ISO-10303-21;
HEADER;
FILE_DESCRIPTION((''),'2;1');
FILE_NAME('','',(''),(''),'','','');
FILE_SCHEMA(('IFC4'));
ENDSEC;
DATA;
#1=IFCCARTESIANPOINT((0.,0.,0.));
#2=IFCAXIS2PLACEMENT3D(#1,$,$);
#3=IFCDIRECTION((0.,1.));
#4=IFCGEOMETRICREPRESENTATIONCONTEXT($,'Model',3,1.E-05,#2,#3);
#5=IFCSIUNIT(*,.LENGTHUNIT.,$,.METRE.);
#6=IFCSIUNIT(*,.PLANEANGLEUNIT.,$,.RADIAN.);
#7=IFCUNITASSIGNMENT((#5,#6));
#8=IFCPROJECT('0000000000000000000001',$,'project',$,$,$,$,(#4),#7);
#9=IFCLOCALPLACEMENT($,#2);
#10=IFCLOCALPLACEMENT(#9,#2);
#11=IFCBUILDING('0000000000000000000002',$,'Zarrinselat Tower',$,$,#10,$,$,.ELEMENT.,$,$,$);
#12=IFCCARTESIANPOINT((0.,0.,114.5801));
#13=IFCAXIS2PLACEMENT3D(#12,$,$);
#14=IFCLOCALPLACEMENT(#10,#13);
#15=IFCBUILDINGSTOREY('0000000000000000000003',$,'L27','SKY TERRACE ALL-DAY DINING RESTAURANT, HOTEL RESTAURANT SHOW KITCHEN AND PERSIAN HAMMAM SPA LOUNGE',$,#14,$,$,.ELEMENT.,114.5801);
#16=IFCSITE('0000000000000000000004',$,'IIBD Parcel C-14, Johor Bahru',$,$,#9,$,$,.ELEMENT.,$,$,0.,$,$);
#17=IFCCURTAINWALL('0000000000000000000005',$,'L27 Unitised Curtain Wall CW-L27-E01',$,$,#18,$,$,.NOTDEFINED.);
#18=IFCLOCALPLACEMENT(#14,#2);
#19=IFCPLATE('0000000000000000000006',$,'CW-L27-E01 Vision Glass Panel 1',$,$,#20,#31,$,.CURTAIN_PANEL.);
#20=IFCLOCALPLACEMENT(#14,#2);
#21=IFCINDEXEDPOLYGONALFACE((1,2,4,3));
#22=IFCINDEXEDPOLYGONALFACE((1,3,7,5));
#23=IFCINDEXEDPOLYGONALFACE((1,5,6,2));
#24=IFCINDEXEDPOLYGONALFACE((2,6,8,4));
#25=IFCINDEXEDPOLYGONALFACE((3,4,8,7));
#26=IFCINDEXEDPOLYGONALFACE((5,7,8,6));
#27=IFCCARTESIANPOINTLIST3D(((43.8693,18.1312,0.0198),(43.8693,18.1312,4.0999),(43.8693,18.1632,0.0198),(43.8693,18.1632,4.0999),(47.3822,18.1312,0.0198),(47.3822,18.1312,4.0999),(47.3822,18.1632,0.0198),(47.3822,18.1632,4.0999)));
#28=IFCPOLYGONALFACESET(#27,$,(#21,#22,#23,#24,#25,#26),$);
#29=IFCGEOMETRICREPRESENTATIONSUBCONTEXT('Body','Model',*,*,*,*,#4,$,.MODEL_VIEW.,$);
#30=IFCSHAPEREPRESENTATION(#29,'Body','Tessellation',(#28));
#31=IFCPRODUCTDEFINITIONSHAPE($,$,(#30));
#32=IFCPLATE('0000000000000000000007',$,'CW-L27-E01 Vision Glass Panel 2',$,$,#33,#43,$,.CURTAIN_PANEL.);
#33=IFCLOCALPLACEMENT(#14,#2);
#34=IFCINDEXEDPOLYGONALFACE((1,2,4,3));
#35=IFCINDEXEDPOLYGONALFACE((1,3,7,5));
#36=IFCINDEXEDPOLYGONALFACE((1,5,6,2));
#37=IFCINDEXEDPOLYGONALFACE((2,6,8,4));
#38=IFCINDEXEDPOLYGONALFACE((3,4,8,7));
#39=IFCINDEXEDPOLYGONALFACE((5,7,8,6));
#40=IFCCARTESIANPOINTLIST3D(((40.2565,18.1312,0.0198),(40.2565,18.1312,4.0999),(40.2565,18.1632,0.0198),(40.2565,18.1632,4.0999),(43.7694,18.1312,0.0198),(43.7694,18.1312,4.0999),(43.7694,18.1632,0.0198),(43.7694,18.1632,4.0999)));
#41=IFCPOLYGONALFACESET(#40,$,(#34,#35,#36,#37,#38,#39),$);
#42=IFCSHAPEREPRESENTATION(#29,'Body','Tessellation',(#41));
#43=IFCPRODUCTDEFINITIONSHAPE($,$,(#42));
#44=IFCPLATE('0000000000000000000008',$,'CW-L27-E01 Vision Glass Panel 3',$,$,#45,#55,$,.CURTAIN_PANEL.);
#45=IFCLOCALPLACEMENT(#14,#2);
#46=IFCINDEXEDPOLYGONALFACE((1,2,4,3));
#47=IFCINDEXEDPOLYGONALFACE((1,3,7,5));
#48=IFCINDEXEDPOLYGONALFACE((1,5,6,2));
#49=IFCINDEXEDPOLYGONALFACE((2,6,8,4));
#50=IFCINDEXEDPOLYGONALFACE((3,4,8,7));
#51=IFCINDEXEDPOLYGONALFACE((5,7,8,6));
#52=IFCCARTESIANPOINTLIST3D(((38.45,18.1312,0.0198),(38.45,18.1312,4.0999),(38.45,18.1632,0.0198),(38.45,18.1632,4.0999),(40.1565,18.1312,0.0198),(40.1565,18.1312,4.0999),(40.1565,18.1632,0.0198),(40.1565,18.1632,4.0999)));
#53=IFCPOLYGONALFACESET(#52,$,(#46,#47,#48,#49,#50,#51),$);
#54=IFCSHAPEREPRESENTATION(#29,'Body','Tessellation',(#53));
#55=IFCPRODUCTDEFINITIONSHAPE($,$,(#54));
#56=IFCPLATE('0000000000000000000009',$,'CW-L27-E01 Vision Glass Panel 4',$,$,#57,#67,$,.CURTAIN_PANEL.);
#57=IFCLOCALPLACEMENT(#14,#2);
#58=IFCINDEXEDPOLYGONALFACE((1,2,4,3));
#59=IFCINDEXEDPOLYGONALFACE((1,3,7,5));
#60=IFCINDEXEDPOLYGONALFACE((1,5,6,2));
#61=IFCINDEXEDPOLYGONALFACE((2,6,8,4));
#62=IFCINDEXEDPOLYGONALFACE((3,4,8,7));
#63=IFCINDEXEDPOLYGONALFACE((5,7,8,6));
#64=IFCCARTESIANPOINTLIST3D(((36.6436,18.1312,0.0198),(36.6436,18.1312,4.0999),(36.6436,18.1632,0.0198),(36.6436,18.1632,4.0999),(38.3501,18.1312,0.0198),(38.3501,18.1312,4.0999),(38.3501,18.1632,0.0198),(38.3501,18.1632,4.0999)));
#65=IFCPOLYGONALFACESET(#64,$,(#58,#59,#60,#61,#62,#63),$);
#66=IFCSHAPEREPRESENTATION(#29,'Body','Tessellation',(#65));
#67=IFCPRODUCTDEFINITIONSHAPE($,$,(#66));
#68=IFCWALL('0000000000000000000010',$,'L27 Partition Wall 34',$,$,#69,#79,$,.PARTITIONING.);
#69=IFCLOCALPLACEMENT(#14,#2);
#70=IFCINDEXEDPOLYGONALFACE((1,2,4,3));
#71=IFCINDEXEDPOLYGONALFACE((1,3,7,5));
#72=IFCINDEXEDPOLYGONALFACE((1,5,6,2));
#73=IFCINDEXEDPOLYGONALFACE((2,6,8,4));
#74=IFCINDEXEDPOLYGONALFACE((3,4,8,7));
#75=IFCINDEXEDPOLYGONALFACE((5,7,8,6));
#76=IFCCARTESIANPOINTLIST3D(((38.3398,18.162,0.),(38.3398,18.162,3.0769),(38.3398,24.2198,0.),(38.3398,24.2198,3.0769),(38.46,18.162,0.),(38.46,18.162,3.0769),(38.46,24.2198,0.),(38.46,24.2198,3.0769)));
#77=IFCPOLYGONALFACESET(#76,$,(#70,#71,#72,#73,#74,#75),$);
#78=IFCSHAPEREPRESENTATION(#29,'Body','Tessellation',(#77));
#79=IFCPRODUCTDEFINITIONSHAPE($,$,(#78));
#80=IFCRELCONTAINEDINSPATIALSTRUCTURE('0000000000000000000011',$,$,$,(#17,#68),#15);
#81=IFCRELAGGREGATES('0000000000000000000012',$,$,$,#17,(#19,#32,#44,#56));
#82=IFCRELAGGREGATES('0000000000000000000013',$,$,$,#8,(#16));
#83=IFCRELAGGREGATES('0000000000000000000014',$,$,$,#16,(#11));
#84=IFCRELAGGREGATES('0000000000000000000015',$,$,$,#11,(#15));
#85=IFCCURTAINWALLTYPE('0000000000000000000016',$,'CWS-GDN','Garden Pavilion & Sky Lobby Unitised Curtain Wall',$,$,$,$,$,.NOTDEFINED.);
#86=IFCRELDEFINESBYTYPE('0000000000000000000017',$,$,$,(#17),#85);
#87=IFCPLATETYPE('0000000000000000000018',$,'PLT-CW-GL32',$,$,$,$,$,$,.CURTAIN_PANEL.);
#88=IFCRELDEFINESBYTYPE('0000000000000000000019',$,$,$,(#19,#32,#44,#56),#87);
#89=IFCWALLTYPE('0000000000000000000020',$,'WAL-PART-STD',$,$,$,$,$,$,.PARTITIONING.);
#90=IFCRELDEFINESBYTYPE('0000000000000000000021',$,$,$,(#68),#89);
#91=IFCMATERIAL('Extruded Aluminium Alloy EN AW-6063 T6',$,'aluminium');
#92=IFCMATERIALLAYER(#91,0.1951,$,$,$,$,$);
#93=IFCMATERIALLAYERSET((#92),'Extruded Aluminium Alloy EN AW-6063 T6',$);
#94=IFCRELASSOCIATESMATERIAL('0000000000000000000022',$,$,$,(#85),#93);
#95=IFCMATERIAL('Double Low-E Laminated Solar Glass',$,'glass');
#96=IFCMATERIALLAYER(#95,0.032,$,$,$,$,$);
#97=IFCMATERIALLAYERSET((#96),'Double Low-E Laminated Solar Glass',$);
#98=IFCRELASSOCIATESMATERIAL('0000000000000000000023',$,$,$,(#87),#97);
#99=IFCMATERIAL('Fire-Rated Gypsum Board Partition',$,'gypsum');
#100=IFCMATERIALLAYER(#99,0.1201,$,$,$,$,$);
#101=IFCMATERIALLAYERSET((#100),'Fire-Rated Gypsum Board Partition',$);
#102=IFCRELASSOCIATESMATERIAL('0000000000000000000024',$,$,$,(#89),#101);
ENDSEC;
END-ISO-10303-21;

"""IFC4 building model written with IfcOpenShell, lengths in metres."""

from ifc_helpers import new_model, si_unit, direction, frame, frame_2d, origin, origin_2d, place, context, subcontext, project, spatial, rectangle, extrude, material, layer, layer_set, type_object, element, aggregate, save


model = new_model("IFC4")

# Units and contexts
model_context = context("Model", 3, precision=1e-05, world=origin(), true_north=direction((0.0, 1.0)))
body_context = subcontext(model_context, "Body", "Model", "MODEL_VIEW")
ifc_project = project(units=[si_unit("LENGTHUNIT", "METRE"), si_unit("PLANEANGLEUNIT", "RADIAN")], contexts=[model_context])

# Site, building, storey
site_placement = place(None, origin())
site = spatial("IfcSite", under=ifc_project, at=site_placement, Name="IIBD Parcel C-14, Johor Bahru", CompositionType="ELEMENT", RefElevation=0.0)
building_placement = place(site_placement, origin())
building = spatial("IfcBuilding", under=site, at=building_placement, Name="Zarrinselat Tower", CompositionType="ELEMENT")
storey_placement = place(building_placement, frame((0.0, 0.0, 114.5801)))
storey = spatial("IfcBuildingStorey", under=building, at=storey_placement, Name="L27", Description="SKY TERRACE ALL-DAY DINING RESTAURANT, HOTEL RESTAURANT SHOW KITCHEN AND PERSIAN HAMMAM SPA LOUNGE", CompositionType="ELEMENT", Elevation=114.5801)

# Curtain wall, plates
ifc_material_1 = material(Name="Extruded Aluminium Alloy EN AW-6063 T6", Category="aluminium")
ifc_layer_1 = layer(ifc_material_1, 0.1951)
ifc_layer_set_1 = layer_set([ifc_layer_1], Name="Extruded Aluminium Alloy EN AW-6063 T6")
curtain_wall_type = type_object("IfcCurtainWallType", Name="CWS-GDN", Description="Garden Pavilion & Sky Lobby Unitised Curtain Wall", PredefinedType="NOTDEFINED", material=ifc_layer_set_1)
curtain_wall_placement = place(storey_placement, origin())
curtain_wall = element("IfcCurtainWall", 1, at=curtain_wall_placement, inside=storey, type_object=curtain_wall_type, Name="L27 Unitised Curtain Wall CW-L27-E01", PredefinedType="NOTDEFINED")
ifc_material_2 = material(Name="Double Low-E Laminated Solar Glass", Category="glass")
ifc_layer_2 = layer(ifc_material_2, 0.032)
ifc_layer_set_2 = layer_set([ifc_layer_2], Name="Double Low-E Laminated Solar Glass")
plate_type = type_object("IfcPlateType", Name="PLT-CW-GL32", PredefinedType="CURTAIN_PANEL", material=ifc_layer_set_2)
plate_1_placement = place(storey_placement, frame((45.6257, 18.1472, 0.0198), z_axis=(0.0, 0.0, 1.0), x_axis=(-1.0, 0.0, 0.0)))
plate_1 = element("IfcPlate", 2, at=plate_1_placement, type_object=plate_type, Name="CW-L27-E01 Vision Glass Panel 1", PredefinedType="CURTAIN_PANEL", context=body_context, shape_type="SweptSolid", body=[
    extrude(rectangle(XDim=3.5129, YDim=0.032, at=origin_2d()), origin(), (0.0, 0.0, 1.0), 4.0801),
])
plate_2_placement = place(storey_placement, frame((42.0129, 18.1472, 0.0198), z_axis=(0.0, 0.0, 1.0), x_axis=(-1.0, 0.0, 0.0)))
plate_2 = element("IfcPlate", 3, at=plate_2_placement, type_object=plate_type, Name="CW-L27-E01 Vision Glass Panel 2", PredefinedType="CURTAIN_PANEL", context=body_context, shape_type="SweptSolid", body=[
    extrude(rectangle(XDim=3.5129, YDim=0.032, at=origin_2d()), origin(), (0.0, 0.0, 1.0), 4.0801),
])
plate_3_placement = place(storey_placement, frame((39.3032, 18.1472, 0.0198), z_axis=(0.0, 0.0, 1.0), x_axis=(-1.0, 0.0, 0.0)))
plate_3 = element("IfcPlate", 4, at=plate_3_placement, type_object=plate_type, Name="CW-L27-E01 Vision Glass Panel 3", PredefinedType="CURTAIN_PANEL", context=body_context, shape_type="SweptSolid", body=[
    extrude(rectangle(XDim=1.7065, YDim=0.032, at=origin_2d()), origin(), (0.0, 0.0, 1.0), 4.0801),
])
plate_4_placement = place(storey_placement, frame((37.4968, 18.1472, 0.0198), z_axis=(0.0, 0.0, 1.0), x_axis=(-1.0, 0.0, 0.0)))
plate_4 = element("IfcPlate", 5, at=plate_4_placement, type_object=plate_type, Name="CW-L27-E01 Vision Glass Panel 4", PredefinedType="CURTAIN_PANEL", context=body_context, shape_type="SweptSolid", body=[
    extrude(rectangle(XDim=1.7065, YDim=0.032, at=origin_2d()), origin(), (0.0, 0.0, 1.0), 4.0801),
])
aggregate(curtain_wall, [plate_1, plate_2, plate_3, plate_4])

# Wall
ifc_material_3 = material(Name="Fire-Rated Gypsum Board Partition", Category="gypsum")
ifc_layer_3 = layer(ifc_material_3, 0.1201)
ifc_layer_set_3 = layer_set([ifc_layer_3], Name="Fire-Rated Gypsum Board Partition")
wall_type = type_object("IfcWallType", Name="WAL-PART-STD", PredefinedType="PARTITIONING", material=ifc_layer_set_3)
wall_placement = place(storey_placement, frame((38.3999, 18.1621, 0.0), z_axis=(0.0, 0.0, 1.0), x_axis=(0.0, 1.0, 0.0)))
element("IfcWall", 6, at=wall_placement, inside=storey, type_object=wall_type, Name="L27 Partition Wall 34", PredefinedType="PARTITIONING", context=body_context, shape_type="SweptSolid", body=[
    extrude(rectangle(XDim=6.0579, YDim=0.1201, at=frame_2d((3.0288, 0.0))), origin(), (0.0, 0.0, 1.0), 3.0769),
])

save(model, "model.ifc")
